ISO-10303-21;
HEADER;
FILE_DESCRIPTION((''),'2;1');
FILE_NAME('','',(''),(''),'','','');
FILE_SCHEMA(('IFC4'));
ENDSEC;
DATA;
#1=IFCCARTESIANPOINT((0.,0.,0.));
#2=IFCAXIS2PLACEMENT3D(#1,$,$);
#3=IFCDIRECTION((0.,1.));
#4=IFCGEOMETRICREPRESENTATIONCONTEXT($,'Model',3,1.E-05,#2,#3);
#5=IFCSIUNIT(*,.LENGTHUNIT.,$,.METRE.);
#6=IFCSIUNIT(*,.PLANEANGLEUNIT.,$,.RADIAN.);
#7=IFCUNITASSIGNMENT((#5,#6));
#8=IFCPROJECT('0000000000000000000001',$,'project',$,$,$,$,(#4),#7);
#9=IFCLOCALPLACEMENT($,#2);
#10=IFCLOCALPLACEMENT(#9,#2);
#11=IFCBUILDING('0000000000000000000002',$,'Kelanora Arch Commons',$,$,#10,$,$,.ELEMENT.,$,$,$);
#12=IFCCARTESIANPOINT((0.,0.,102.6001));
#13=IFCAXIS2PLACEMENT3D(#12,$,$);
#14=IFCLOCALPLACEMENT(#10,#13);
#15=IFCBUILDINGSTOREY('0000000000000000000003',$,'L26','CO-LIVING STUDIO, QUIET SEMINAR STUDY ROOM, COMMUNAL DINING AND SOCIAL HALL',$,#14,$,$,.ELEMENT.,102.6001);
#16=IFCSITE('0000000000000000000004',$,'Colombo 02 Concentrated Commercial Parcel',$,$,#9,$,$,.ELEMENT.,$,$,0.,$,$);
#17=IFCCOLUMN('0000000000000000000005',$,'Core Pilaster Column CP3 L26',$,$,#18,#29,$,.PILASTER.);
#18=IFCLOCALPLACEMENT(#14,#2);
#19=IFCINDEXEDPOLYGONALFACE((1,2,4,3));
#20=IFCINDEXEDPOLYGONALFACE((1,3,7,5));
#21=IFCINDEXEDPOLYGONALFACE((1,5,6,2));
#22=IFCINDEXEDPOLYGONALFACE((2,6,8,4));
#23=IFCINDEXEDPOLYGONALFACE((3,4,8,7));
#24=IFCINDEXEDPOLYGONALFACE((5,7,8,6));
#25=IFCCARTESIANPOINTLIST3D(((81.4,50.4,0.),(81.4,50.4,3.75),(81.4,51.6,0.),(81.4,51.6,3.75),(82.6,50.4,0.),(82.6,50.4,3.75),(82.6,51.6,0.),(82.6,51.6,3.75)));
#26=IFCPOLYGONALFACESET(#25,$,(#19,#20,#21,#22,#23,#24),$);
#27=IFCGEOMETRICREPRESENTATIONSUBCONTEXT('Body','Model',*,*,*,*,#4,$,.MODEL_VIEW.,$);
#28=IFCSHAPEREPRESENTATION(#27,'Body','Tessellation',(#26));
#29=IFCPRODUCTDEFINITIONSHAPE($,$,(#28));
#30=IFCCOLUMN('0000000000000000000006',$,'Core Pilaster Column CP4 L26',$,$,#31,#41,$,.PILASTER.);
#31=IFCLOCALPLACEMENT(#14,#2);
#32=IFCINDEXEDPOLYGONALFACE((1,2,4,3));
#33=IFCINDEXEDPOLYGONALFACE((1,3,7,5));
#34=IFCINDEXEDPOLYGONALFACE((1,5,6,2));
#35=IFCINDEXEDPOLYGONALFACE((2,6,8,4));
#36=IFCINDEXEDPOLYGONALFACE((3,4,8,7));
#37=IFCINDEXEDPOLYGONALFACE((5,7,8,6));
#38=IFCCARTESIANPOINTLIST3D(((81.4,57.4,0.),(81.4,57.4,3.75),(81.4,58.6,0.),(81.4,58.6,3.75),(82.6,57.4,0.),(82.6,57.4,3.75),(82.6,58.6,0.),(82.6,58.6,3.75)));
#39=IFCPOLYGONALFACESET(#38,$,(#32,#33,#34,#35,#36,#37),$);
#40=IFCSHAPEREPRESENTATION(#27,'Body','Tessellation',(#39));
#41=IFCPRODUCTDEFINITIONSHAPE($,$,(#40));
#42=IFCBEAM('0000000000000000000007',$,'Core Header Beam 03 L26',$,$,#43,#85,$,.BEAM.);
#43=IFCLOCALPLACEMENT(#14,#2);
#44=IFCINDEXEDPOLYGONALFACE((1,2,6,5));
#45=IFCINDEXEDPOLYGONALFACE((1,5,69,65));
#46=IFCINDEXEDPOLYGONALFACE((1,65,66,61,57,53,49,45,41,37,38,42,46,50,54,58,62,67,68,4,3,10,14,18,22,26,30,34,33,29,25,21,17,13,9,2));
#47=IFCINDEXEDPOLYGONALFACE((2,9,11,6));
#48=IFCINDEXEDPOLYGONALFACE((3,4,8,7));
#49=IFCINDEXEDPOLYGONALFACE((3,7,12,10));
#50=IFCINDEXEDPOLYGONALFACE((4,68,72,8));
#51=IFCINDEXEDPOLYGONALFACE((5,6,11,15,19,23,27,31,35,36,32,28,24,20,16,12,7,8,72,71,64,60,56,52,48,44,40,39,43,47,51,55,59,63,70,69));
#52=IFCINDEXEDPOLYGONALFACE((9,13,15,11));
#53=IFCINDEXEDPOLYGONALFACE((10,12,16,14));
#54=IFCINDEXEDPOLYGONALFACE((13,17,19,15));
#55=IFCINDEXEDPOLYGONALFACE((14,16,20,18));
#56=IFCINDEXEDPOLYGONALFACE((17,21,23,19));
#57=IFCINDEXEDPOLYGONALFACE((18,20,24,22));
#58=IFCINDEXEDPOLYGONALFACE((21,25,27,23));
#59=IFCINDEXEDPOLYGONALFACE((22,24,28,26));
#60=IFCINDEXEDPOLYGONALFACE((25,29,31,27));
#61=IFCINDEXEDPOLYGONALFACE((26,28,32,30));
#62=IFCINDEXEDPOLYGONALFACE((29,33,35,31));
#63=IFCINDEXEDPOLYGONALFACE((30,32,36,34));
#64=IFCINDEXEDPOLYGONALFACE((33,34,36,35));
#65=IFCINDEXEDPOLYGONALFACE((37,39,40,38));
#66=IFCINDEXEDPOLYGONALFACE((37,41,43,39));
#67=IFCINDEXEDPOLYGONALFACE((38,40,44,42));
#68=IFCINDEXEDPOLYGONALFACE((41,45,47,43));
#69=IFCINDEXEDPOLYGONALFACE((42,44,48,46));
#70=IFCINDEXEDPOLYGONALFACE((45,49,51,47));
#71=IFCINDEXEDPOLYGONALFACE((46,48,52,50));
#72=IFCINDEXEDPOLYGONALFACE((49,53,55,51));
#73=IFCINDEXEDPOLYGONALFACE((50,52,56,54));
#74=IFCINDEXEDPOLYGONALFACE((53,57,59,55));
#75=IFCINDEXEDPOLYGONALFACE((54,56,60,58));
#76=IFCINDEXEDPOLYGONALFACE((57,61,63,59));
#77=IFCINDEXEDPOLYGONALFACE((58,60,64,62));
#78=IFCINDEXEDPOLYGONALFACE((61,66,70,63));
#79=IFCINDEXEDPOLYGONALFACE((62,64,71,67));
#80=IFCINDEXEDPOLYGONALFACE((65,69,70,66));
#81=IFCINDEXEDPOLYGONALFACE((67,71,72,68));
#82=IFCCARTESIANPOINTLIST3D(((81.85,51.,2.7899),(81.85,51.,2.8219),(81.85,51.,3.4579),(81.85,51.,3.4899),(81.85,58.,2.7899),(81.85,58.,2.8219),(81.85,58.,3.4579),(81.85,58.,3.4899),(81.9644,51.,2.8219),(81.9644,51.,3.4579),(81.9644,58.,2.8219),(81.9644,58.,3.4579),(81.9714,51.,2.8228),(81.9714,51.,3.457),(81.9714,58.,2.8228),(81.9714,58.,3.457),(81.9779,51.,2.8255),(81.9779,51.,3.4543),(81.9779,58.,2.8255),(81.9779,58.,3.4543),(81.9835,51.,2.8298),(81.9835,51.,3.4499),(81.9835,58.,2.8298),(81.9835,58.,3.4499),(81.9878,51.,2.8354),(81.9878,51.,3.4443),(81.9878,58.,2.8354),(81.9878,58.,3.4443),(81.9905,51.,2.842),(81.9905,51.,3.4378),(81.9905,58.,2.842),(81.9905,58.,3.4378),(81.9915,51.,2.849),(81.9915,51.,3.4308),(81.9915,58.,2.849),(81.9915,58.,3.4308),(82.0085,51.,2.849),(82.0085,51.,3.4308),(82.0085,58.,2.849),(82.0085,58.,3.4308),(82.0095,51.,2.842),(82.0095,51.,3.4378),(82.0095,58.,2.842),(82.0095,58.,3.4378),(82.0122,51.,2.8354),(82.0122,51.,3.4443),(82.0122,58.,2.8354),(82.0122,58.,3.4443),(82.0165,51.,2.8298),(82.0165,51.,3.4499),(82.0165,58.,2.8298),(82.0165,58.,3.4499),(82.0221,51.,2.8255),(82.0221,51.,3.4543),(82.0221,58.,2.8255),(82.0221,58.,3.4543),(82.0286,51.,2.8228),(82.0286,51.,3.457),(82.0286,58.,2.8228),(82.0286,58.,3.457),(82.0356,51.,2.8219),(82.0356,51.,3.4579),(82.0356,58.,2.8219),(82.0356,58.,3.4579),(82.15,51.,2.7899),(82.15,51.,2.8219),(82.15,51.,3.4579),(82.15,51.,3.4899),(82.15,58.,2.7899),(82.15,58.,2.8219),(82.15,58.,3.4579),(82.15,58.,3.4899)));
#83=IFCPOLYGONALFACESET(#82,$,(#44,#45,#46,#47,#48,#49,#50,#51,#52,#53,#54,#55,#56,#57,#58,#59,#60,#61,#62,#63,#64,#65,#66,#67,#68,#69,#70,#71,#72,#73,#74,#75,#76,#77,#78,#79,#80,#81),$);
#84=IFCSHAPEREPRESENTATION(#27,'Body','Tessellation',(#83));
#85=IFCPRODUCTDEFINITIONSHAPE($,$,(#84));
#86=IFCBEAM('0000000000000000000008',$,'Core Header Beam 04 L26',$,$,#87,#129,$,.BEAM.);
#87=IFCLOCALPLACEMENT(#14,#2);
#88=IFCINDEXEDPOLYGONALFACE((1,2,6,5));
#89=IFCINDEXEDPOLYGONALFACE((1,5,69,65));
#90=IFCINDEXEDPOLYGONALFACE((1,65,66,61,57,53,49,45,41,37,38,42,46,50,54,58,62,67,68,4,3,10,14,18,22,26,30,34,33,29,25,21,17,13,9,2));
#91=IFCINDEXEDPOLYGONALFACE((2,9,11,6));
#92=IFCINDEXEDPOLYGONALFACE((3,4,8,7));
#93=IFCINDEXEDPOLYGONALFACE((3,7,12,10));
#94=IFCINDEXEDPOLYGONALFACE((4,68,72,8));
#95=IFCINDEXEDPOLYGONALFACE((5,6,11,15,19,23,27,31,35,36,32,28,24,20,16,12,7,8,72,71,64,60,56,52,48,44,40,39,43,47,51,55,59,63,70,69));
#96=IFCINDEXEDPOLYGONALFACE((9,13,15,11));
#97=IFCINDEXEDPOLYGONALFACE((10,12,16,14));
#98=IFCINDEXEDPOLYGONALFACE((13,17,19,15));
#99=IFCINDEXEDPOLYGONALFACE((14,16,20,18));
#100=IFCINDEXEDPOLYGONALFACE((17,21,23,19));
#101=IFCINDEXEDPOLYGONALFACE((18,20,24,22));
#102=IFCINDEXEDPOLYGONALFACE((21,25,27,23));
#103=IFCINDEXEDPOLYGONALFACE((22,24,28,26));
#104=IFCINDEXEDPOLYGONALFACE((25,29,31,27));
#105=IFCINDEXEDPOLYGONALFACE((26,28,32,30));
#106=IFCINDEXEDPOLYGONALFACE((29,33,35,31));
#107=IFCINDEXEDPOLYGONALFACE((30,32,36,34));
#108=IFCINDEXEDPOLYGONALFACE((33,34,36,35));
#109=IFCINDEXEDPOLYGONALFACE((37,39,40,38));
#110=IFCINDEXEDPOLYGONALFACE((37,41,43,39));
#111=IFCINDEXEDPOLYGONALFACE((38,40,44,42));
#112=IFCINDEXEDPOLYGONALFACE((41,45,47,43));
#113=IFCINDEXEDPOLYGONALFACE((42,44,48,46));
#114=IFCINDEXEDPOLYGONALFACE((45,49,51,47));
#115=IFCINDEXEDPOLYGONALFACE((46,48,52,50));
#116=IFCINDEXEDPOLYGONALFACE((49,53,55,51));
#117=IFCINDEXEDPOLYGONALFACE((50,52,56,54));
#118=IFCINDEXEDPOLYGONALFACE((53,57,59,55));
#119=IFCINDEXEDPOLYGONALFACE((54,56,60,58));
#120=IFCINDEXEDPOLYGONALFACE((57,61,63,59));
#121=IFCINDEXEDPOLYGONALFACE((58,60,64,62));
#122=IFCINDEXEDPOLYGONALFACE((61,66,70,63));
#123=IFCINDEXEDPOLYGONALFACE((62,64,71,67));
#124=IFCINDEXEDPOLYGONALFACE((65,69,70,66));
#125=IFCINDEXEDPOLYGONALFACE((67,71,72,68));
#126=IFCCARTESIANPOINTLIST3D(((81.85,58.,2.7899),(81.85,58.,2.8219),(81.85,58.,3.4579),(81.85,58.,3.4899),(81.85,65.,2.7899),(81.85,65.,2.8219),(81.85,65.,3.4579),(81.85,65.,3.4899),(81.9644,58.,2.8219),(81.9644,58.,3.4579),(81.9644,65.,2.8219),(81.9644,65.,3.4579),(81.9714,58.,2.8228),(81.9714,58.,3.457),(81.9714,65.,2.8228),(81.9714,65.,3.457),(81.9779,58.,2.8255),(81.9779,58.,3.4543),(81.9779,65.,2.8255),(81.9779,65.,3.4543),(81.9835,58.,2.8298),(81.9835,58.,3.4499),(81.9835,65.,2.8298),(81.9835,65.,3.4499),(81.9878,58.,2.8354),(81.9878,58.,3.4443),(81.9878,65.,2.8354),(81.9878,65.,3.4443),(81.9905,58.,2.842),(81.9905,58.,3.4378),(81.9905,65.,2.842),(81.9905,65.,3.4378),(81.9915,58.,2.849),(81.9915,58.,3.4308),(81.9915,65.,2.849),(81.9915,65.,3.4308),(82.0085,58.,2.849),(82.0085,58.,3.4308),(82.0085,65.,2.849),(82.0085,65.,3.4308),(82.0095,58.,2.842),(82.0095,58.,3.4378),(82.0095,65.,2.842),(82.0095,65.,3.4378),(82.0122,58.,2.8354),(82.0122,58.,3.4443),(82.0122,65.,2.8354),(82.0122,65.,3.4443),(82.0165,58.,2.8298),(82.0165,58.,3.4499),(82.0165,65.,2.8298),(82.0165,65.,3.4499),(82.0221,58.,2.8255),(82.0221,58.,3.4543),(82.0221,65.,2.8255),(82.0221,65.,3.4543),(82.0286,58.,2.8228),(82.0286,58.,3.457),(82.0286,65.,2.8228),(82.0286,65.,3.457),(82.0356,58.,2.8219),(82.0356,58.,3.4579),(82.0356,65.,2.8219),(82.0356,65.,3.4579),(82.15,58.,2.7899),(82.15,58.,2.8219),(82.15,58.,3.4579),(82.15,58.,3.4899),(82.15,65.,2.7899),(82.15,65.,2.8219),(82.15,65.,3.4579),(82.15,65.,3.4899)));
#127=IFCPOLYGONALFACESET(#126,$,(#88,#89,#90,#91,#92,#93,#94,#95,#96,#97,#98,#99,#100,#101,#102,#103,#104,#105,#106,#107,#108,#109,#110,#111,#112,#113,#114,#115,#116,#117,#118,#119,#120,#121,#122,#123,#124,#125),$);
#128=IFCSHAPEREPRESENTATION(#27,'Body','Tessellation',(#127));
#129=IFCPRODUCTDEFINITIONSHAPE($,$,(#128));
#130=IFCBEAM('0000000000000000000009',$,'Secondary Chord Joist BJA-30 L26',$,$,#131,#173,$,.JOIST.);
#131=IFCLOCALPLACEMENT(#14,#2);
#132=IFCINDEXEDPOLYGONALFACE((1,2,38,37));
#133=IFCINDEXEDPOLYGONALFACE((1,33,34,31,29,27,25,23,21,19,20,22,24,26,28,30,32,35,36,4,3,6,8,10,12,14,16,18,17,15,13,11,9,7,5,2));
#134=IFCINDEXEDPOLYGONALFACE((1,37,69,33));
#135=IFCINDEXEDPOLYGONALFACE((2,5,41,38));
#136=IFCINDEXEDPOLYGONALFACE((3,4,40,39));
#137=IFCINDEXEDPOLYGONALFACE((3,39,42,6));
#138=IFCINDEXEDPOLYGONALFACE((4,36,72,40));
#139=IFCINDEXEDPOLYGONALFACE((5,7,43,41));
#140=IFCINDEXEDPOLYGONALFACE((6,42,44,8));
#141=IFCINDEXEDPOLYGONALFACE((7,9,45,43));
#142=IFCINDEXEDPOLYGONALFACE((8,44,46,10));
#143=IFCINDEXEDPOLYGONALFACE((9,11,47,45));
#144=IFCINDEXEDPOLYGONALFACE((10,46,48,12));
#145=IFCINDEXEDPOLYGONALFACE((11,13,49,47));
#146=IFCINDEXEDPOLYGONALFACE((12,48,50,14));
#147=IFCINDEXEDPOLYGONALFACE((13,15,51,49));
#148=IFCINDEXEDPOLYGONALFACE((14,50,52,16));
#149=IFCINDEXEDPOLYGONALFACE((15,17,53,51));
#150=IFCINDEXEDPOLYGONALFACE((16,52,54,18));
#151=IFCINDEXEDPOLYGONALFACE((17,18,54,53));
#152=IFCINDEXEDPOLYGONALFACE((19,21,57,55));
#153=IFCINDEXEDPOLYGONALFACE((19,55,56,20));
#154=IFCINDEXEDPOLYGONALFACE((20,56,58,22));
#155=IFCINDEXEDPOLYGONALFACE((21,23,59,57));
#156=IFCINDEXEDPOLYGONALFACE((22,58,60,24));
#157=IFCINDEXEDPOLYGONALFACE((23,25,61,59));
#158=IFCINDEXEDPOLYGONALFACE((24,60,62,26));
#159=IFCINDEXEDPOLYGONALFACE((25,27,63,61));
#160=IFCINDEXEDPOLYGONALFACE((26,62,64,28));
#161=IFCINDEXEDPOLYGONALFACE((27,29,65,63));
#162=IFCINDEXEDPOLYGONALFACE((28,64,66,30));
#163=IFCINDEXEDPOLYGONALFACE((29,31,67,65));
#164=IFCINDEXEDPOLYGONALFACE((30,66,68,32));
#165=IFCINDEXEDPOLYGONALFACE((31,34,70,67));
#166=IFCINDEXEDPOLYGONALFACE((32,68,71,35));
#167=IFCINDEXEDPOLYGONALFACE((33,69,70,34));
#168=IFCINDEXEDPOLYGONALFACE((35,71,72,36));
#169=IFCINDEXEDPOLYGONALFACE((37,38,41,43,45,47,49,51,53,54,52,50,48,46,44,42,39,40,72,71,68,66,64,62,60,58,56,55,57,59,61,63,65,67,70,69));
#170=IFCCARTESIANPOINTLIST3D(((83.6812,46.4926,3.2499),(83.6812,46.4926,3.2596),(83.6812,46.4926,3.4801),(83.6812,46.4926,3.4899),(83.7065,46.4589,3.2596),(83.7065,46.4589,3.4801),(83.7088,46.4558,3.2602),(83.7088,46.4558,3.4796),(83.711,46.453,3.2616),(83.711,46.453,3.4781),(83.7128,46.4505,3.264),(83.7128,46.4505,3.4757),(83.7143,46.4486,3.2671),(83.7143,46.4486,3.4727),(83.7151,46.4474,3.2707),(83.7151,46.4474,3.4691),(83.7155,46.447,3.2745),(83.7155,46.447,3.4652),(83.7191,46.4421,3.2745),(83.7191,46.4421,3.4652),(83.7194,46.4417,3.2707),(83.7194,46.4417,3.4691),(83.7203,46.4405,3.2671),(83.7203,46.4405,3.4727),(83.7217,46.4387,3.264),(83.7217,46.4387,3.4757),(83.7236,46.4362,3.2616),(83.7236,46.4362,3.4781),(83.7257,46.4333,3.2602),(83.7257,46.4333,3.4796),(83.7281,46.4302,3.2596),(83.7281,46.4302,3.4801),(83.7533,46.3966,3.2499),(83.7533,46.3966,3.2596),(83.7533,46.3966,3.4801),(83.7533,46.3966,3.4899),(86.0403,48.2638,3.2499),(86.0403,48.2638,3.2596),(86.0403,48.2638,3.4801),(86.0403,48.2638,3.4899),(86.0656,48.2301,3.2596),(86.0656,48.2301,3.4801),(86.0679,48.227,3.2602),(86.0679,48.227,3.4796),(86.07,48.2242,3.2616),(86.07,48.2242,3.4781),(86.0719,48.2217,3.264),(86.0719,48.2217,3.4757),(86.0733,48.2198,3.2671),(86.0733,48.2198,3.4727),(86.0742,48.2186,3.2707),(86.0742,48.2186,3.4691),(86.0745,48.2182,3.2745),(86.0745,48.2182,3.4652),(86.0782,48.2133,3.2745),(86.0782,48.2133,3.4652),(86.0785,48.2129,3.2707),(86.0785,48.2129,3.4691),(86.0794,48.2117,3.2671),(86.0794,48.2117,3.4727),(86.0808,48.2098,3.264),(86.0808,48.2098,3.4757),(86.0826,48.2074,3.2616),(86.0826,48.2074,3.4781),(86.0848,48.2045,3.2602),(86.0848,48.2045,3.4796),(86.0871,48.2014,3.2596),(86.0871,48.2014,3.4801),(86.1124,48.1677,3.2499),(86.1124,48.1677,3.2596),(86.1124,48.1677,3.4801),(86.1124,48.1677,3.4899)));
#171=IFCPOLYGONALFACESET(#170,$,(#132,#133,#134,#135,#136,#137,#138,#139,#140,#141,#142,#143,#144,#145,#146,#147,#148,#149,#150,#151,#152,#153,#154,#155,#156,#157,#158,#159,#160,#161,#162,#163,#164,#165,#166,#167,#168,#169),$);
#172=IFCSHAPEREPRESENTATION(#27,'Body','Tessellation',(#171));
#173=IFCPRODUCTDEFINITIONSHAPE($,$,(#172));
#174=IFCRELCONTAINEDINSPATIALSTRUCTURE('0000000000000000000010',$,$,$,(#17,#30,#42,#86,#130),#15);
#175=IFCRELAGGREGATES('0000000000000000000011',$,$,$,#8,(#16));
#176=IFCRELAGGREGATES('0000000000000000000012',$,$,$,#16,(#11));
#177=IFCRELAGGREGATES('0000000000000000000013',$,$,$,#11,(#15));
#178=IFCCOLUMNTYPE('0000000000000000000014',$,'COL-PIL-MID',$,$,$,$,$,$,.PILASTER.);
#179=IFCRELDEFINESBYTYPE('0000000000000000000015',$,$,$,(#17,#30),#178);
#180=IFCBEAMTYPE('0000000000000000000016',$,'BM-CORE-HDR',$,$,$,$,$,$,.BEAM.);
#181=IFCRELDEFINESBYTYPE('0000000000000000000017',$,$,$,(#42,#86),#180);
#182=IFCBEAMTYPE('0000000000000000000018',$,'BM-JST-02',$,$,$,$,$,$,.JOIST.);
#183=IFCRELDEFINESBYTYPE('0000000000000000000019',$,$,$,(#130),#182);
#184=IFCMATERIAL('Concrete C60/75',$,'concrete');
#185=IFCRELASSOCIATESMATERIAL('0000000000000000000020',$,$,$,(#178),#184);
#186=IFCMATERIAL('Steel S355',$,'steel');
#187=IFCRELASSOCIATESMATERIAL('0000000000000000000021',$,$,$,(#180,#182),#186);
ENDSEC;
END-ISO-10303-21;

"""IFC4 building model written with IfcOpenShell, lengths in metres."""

from ifc_helpers import new_model, si_unit, direction, frame, origin, origin_2d, place, context, subcontext, project, spatial, rectangle, i_section, extrude, material, material_profile, profile_set, type_object, element, save


model = new_model("IFC4")

# Units and contexts
model_context = context("Model", 3, precision=1e-05, world=origin(), true_north=direction((0.0, 1.0)))
body_context = subcontext(model_context, "Body", "Model", "MODEL_VIEW")
ifc_project = project(units=[si_unit("LENGTHUNIT", "METRE"), si_unit("PLANEANGLEUNIT", "RADIAN")], contexts=[model_context])

# Site, building, storey
site_placement = place(None, origin())
site = spatial("IfcSite", under=ifc_project, at=site_placement, Name="Colombo 02 Concentrated Commercial Parcel", CompositionType="ELEMENT", RefElevation=0.0)
building_placement = place(site_placement, origin())
building = spatial("IfcBuilding", under=site, at=building_placement, Name="Kelanora Arch Commons", CompositionType="ELEMENT")
storey_placement = place(building_placement, frame((0.0, 0.0, 102.6001)))
storey = spatial("IfcBuildingStorey", under=building, at=storey_placement, Name="L26", Description="CO-LIVING STUDIO, QUIET SEMINAR STUDY ROOM, COMMUNAL DINING AND SOCIAL HALL", CompositionType="ELEMENT", Elevation=102.6001)

# Columns
ifc_material_1 = material(Name="Concrete C60/75", Category="concrete")
ifc_material_profile_1 = material_profile(ifc_material_1, rectangle(XDim=1.2, YDim=1.2, at=origin_2d()), Name="RC1200x1200")
ifc_profile_set_1 = profile_set([ifc_material_profile_1], Name="Concrete C60/75")
column_type = type_object("IfcColumnType", Name="COL-PIL-MID", PredefinedType="PILASTER", material=ifc_profile_set_1)
for number, where, z_axis, x_axis, name in (
    (1, (82.0, 51.0, 0.0), (0.0, 0.0, 1.0), (1.0, 0.0, 0.0), "Core Pilaster Column CP3 L26"),
    (2, (82.0, 58.0, 0.0), (0.0, 0.0, 1.0), (1.0, 0.0, 0.0), "Core Pilaster Column CP4 L26"),
):
    element("IfcColumn", number, at=place(storey_placement, frame(where, z_axis=z_axis, x_axis=x_axis)), inside=storey, type_object=column_type, Name=name, PredefinedType="PILASTER", context=body_context, shape_type="SweptSolid", body=[
        extrude(rectangle(XDim=1.2, YDim=1.2, at=origin_2d()), origin(), (0.0, 0.0, 1.0), 3.75),
    ])

# Beams
ifc_material_2 = material(Name="Steel S355", Category="steel")
ifc_material_profile_2 = material_profile(ifc_material_2, i_section(OverallWidth=0.3, OverallDepth=0.7, WebThickness=0.0171, FlangeThickness=0.032, FilletRadius=0.0271, at=origin_2d()), Name="HEB700")
ifc_profile_set_2 = profile_set([ifc_material_profile_2], Name="Steel S355")
beam_type_1 = type_object("IfcBeamType", Name="BM-CORE-HDR", PredefinedType="BEAM", material=ifc_profile_set_2)
for number, where, z_axis, x_axis, name in (
    (3, (82.0, 51.0, 3.1399), (0.0, 1.0, 0.0), (-1.0, 0.0, 0.0), "Core Header Beam 03 L26"),
    (4, (82.0, 58.0, 3.1399), (0.0, 1.0, 0.0), (-1.0, 0.0, 0.0), "Core Header Beam 04 L26"),
):
    element("IfcBeam", number, at=place(storey_placement, frame(where, z_axis=z_axis, x_axis=x_axis)), inside=storey, type_object=beam_type_1, Name=name, PredefinedType="BEAM", context=body_context, shape_type="SweptSolid", body=[
        extrude(i_section(OverallWidth=0.3, OverallDepth=0.7, WebThickness=0.0171, FlangeThickness=0.032, FilletRadius=0.0271, at=origin_2d()), origin(), (0.0, 0.0, 1.0), 7.0),
    ])
ifc_material_profile_3 = material_profile(ifc_material_2, i_section(OverallWidth=0.1201, OverallDepth=0.24, WebThickness=0.0061, FlangeThickness=0.0098, FilletRadius=0.0149, at=origin_2d()), Name="IPE240")
ifc_profile_set_3 = profile_set([ifc_material_profile_3], Name="Steel S355")
beam_type_2 = type_object("IfcBeamType", Name="BM-JST-02", PredefinedType="JOIST", material=ifc_profile_set_3)
beam_1_placement = place(storey_placement, frame((83.7173, 46.4446, 3.3699), z_axis=(0.799692, 0.60041, 0.0), x_axis=(-0.60041, 0.799692, 0.0)))
element("IfcBeam", 5, at=beam_1_placement, inside=storey, type_object=beam_type_2, Name="Secondary Chord Joist BJA-30 L26", PredefinedType="JOIST", context=body_context, shape_type="SweptSolid", body=[
    extrude(i_section(OverallWidth=0.1201, OverallDepth=0.24, WebThickness=0.0061, FlangeThickness=0.0098, FilletRadius=0.0149, at=origin_2d()), origin(), (0.0, 0.0, 1.0), 2.95),
])

save(model, "model.ifc")
